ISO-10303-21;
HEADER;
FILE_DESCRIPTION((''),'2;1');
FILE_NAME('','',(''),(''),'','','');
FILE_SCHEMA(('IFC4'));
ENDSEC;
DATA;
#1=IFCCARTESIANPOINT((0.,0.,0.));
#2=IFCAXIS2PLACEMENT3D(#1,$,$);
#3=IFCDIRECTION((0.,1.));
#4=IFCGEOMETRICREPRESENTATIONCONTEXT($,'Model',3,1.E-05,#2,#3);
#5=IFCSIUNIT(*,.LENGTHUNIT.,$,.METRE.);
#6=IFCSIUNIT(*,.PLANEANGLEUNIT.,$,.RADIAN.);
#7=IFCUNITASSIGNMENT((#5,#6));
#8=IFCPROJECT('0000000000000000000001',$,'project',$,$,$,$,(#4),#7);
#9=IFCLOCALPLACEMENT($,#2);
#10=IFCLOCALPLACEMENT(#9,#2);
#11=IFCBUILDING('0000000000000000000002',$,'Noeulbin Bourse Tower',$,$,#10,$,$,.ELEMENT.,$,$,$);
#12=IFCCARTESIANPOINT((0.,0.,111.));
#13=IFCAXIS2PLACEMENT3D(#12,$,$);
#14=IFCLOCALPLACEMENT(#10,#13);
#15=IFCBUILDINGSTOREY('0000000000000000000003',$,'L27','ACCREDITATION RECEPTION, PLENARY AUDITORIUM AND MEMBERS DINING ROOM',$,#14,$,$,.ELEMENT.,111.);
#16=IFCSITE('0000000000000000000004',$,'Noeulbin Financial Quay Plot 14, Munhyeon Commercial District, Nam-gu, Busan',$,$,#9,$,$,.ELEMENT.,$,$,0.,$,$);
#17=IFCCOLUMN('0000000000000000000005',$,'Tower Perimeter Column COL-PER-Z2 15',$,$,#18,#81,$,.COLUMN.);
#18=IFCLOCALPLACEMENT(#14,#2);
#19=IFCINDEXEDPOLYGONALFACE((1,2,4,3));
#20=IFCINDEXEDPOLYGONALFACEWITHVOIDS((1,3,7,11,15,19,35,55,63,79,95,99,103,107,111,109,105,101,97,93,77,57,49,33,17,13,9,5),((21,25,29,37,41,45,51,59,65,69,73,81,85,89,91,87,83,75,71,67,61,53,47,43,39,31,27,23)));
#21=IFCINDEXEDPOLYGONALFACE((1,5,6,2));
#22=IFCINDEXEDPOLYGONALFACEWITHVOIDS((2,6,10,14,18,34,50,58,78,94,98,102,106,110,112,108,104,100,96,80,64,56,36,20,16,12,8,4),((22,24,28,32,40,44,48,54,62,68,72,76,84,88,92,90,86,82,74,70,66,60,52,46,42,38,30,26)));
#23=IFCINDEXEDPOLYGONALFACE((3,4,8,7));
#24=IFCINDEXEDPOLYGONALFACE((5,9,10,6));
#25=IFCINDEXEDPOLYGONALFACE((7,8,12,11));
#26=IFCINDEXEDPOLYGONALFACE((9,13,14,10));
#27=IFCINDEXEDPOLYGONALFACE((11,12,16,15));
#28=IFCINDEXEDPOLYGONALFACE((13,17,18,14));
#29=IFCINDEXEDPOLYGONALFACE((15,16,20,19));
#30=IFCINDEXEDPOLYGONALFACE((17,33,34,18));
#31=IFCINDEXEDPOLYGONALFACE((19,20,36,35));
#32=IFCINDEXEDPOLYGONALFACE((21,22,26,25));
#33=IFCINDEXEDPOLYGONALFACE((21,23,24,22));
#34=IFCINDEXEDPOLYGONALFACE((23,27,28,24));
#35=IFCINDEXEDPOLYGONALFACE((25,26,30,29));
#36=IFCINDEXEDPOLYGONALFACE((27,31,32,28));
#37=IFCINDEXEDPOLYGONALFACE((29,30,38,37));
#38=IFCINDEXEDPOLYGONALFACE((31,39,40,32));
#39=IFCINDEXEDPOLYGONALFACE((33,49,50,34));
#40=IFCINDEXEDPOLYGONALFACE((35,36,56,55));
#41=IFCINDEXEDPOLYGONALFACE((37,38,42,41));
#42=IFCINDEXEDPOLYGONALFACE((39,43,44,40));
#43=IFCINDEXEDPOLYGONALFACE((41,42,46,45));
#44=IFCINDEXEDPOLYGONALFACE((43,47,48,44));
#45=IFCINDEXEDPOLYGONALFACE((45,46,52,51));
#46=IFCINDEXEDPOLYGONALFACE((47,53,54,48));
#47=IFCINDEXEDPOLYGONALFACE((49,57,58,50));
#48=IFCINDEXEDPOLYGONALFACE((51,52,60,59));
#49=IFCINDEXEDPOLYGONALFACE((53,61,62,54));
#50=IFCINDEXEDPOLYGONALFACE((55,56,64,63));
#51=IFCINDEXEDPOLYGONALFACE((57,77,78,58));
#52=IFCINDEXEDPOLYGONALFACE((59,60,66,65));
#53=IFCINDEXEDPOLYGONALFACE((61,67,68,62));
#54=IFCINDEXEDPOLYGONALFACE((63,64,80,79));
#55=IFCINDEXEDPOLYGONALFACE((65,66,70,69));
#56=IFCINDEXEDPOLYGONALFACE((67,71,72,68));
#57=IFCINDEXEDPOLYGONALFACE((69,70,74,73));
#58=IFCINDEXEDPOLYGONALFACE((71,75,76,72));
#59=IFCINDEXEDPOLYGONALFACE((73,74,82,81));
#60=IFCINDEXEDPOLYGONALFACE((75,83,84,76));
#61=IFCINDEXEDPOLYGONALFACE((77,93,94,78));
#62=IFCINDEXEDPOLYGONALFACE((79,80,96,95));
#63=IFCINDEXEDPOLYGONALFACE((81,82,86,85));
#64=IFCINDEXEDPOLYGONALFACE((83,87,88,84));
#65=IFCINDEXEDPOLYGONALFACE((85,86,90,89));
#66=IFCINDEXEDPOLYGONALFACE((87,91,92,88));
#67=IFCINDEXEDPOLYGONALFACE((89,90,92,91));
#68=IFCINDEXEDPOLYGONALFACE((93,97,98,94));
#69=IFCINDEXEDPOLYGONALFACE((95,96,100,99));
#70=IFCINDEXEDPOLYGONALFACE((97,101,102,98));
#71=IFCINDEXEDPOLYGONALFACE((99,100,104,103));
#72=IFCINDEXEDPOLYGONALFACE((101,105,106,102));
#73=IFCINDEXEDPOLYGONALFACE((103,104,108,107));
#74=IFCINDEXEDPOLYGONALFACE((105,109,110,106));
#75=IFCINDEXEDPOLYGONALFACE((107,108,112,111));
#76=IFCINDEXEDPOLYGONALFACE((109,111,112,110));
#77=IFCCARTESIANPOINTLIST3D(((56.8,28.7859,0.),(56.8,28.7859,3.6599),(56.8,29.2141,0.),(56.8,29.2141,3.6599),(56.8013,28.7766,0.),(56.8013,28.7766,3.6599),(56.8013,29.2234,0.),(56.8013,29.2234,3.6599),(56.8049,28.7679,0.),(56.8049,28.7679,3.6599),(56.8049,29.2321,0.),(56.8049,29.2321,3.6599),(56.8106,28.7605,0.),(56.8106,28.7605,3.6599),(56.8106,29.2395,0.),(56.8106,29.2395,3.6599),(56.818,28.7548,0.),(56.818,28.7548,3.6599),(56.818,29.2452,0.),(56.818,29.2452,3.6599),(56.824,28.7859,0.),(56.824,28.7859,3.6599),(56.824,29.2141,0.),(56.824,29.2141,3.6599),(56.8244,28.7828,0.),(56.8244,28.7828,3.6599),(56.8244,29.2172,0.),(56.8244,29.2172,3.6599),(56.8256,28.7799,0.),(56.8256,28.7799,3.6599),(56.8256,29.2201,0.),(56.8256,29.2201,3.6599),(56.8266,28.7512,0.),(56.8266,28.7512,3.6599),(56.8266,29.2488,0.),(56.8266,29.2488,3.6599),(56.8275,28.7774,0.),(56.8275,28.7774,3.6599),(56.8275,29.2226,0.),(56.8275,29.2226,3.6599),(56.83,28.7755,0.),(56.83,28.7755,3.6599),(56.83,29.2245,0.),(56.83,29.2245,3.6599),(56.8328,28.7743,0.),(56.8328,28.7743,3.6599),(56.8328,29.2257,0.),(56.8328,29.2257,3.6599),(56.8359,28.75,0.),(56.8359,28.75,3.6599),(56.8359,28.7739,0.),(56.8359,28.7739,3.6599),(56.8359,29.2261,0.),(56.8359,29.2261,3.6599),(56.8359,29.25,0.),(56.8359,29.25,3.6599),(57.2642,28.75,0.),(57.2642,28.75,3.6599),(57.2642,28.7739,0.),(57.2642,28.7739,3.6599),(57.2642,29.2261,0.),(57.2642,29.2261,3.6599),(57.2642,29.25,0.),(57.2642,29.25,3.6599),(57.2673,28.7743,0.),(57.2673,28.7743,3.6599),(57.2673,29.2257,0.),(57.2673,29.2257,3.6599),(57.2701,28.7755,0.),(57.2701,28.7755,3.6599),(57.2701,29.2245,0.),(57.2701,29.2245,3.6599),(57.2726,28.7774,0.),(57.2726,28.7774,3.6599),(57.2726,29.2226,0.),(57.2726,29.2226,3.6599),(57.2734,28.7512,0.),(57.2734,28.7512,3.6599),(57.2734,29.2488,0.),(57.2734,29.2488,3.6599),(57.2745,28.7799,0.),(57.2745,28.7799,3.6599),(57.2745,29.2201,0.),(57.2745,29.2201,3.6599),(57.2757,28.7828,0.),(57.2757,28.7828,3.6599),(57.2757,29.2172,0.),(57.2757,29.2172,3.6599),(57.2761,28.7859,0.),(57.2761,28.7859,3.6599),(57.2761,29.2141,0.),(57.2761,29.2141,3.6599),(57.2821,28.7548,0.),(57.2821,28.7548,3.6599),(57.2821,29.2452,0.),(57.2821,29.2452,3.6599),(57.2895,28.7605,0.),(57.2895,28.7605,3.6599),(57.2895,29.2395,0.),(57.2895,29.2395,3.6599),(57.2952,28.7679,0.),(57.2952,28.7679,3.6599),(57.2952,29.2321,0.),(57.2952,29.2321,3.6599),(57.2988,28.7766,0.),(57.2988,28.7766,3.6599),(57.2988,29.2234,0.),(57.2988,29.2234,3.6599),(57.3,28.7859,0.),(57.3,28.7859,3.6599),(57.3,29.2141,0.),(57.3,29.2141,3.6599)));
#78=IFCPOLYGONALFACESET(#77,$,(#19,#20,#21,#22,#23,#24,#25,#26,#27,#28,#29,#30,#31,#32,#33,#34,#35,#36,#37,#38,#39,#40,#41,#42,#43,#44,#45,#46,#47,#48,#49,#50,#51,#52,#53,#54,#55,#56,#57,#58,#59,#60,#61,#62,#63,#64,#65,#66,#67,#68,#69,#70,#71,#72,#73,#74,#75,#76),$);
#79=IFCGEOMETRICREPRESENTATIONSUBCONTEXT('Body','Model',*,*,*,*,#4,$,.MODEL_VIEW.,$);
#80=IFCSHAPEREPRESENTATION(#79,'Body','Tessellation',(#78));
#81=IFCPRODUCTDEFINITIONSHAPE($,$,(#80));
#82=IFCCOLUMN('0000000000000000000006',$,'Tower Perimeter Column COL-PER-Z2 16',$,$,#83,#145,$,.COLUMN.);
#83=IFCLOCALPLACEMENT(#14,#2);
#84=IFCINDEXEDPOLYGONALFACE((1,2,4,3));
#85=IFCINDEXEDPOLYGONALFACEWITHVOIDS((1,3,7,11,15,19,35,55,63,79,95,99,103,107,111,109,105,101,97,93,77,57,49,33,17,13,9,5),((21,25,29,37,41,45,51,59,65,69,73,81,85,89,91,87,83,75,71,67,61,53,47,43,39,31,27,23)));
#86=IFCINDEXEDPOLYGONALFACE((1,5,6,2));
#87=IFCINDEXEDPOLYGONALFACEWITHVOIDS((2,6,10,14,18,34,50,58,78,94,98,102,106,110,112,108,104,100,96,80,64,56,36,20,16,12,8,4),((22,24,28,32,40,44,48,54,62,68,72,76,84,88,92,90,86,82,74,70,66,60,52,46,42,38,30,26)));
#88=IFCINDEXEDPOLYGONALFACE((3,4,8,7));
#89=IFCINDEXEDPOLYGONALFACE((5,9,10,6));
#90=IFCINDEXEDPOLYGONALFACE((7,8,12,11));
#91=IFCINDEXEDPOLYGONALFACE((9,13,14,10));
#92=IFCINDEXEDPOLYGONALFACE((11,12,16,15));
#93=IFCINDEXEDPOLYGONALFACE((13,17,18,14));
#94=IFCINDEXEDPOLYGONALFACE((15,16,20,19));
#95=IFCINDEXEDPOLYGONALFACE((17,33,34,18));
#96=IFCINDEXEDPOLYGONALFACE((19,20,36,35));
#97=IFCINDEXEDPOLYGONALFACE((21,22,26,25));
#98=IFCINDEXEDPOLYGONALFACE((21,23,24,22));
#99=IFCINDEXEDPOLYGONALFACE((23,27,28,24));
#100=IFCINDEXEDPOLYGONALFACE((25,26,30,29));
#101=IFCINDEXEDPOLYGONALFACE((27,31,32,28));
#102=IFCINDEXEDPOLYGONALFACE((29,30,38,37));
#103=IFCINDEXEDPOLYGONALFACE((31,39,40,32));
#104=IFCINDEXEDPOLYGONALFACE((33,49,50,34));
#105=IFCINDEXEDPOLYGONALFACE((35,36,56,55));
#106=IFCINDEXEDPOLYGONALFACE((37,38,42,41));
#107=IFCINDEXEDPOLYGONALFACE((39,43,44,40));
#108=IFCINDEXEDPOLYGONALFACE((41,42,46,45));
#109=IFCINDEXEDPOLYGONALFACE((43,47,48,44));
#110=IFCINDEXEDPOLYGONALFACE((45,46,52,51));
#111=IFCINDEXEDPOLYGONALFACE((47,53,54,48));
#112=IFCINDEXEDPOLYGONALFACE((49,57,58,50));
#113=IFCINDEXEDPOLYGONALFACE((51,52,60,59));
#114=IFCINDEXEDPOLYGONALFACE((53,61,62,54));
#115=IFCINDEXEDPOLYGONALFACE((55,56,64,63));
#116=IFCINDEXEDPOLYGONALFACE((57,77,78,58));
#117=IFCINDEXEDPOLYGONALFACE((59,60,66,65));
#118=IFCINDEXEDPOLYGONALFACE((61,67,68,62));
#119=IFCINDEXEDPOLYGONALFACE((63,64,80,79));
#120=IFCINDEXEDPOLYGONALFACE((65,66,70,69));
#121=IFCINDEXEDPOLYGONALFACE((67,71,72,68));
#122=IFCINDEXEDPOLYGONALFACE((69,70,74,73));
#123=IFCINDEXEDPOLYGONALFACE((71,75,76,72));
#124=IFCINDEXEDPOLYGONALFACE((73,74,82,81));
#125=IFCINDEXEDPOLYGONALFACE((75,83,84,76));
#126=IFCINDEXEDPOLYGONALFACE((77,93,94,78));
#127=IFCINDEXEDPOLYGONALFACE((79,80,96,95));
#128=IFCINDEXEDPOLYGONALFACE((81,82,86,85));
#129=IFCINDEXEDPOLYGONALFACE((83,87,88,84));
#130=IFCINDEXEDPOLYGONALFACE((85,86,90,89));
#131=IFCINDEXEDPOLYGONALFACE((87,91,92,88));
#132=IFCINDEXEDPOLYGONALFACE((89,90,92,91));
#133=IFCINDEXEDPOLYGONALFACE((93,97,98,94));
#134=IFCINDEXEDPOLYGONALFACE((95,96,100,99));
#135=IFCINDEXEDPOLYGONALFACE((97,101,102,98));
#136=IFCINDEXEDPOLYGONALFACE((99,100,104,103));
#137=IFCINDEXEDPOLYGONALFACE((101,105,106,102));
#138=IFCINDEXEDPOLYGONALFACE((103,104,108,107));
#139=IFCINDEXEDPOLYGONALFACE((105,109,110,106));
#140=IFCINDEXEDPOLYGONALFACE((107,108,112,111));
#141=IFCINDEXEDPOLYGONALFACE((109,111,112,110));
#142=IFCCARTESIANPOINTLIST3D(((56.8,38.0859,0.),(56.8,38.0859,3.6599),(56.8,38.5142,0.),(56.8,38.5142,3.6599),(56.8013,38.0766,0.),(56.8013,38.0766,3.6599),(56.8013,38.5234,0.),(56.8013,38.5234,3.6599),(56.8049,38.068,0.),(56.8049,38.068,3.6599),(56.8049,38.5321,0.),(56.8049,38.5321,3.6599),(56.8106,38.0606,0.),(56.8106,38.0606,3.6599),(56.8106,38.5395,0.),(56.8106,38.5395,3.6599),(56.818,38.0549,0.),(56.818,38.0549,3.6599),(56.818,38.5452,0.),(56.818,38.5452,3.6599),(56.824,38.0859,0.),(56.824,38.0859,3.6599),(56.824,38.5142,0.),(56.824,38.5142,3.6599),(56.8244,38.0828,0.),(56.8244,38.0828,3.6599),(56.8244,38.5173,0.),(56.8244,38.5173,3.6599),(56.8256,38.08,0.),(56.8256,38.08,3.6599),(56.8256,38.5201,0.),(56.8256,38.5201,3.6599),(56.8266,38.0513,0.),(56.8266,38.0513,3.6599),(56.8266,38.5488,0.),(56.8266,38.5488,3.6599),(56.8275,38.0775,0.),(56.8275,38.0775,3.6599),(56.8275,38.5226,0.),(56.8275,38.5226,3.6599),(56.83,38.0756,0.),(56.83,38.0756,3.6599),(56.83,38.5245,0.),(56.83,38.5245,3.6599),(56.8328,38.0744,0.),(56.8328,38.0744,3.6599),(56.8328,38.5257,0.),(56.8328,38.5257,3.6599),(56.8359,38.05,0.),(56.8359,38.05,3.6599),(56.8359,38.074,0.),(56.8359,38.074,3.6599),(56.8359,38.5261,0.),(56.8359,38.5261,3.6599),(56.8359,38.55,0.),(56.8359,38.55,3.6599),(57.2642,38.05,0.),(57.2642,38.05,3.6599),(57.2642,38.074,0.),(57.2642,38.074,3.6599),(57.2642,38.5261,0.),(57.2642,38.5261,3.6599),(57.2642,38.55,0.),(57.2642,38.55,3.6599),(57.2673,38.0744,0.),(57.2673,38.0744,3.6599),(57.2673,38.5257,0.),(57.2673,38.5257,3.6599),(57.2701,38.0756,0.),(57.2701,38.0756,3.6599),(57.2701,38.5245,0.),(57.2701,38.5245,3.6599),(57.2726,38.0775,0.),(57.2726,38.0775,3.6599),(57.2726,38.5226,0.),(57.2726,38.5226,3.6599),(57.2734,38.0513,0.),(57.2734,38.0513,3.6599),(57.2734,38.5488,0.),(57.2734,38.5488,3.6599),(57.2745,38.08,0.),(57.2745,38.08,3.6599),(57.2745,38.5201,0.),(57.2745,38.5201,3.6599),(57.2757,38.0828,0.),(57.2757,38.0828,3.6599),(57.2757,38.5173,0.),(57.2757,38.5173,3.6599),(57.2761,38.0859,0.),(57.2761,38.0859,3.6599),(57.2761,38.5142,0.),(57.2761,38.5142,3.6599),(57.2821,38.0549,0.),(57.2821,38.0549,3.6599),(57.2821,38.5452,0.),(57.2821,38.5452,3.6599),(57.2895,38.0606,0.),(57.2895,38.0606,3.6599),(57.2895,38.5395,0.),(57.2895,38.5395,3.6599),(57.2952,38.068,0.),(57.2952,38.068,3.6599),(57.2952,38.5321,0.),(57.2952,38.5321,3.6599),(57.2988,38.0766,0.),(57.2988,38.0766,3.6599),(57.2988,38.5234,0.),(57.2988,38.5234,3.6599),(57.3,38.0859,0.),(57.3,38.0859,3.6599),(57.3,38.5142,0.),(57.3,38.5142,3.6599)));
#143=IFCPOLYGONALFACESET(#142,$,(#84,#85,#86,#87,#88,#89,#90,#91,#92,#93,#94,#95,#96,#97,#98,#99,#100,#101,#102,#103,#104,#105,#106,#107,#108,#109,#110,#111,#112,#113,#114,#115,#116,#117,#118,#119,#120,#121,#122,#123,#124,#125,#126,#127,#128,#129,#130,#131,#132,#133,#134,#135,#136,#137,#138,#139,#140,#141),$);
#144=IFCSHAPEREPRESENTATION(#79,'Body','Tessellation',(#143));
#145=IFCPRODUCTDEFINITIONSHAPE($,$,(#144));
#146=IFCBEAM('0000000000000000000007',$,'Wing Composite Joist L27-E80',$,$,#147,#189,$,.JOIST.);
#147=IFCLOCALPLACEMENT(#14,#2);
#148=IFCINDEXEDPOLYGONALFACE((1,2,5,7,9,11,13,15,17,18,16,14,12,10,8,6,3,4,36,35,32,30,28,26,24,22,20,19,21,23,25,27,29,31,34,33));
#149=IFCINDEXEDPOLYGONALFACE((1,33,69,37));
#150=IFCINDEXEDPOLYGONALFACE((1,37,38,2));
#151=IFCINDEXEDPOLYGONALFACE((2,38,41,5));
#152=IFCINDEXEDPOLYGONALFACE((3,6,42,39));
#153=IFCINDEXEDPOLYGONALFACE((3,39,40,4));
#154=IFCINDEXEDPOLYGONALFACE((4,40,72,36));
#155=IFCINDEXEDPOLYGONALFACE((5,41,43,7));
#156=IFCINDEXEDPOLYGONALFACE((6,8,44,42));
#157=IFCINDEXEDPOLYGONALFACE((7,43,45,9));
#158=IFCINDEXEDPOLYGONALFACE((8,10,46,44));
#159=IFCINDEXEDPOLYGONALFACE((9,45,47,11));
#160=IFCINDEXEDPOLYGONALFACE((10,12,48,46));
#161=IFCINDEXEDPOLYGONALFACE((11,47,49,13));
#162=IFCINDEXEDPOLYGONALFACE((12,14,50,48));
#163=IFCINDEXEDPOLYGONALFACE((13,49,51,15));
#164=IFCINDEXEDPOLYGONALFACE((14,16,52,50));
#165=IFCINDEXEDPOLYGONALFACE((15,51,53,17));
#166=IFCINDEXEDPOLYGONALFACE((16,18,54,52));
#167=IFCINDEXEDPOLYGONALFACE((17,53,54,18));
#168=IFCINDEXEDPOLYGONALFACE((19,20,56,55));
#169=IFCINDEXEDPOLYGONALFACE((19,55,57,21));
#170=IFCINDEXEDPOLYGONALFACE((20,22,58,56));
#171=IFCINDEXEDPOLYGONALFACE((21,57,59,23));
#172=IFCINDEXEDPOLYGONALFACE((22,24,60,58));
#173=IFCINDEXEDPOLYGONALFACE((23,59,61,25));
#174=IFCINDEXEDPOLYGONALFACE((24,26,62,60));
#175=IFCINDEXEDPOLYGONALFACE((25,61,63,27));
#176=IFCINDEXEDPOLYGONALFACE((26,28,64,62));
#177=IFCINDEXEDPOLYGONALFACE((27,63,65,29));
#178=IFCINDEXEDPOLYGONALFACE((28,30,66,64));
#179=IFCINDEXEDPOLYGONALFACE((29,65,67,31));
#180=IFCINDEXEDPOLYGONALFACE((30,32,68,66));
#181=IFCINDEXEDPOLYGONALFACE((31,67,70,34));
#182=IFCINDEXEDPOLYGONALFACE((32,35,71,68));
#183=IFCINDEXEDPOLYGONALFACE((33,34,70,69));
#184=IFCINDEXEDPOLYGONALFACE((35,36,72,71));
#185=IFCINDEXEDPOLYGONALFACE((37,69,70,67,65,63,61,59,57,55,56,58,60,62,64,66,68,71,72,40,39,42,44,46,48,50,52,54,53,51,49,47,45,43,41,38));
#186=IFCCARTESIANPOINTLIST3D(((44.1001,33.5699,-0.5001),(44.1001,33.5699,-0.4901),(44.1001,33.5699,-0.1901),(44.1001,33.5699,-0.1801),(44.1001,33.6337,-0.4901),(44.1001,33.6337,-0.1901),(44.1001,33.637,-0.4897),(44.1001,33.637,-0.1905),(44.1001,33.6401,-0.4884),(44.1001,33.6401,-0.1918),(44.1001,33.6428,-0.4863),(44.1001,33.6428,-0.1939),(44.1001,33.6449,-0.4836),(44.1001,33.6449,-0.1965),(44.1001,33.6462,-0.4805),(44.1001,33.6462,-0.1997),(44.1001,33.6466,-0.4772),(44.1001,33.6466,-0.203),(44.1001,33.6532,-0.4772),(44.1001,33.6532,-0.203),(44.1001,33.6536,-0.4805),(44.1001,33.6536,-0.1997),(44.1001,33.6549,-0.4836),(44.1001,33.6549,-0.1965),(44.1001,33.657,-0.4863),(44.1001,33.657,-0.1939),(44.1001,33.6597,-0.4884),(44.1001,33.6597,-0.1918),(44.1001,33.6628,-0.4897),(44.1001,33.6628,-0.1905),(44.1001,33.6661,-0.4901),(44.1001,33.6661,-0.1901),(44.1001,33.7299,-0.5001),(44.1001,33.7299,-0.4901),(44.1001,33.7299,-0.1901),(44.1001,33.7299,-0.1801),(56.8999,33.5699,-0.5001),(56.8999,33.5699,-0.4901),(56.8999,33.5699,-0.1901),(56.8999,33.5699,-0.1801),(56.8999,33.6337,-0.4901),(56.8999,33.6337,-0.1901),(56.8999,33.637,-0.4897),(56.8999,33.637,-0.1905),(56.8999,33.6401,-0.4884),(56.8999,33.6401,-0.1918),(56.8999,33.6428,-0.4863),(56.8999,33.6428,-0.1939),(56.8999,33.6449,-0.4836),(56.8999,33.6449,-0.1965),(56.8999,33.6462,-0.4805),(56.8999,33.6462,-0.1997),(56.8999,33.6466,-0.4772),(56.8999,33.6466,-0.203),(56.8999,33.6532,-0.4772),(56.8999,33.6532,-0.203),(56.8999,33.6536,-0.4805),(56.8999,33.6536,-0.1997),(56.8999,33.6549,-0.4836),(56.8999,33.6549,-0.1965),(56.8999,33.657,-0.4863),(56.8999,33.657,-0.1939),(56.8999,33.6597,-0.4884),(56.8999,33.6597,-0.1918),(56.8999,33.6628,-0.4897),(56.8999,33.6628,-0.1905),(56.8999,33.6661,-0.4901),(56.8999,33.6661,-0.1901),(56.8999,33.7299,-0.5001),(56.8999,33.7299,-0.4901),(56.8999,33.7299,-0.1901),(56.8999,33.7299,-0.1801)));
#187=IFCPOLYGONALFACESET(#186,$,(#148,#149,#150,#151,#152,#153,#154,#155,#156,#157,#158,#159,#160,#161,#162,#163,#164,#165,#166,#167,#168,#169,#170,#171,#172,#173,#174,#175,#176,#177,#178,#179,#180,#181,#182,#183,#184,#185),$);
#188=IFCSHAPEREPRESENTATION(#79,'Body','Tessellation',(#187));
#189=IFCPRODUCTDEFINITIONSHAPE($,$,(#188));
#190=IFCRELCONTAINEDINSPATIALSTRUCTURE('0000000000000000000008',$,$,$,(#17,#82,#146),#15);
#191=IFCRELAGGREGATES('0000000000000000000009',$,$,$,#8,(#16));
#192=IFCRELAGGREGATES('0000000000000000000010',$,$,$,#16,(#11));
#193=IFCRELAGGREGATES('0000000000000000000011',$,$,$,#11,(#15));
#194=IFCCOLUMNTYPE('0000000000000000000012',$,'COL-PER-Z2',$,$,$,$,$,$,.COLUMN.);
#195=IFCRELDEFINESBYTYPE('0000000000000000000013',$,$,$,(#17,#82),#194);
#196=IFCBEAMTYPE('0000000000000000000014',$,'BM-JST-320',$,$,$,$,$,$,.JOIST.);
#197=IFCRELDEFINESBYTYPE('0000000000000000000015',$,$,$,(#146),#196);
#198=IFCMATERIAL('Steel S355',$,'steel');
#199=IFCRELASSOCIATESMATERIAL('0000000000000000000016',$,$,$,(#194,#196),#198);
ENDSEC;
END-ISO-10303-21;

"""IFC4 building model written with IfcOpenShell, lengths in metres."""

from ifc_helpers import new_model, si_unit, direction, frame, origin, origin_2d, place, context, subcontext, project, spatial, hollow_rectangle, i_section, extrude, material, material_profile, profile_set, type_object, element, save


model = new_model("IFC4")

# Units and contexts
model_context = context("Model", 3, precision=1e-05, world=origin(), true_north=direction((0.0, 1.0)))
body_context = subcontext(model_context, "Body", "Model", "MODEL_VIEW")
ifc_project = project(units=[si_unit("LENGTHUNIT", "METRE"), si_unit("PLANEANGLEUNIT", "RADIAN")], contexts=[model_context])

# Site, building, storey
site_placement = place(None, origin())
site = spatial("IfcSite", under=ifc_project, at=site_placement, Name="Noeulbin Financial Quay Plot 14, Munhyeon Commercial District, Nam-gu, Busan", CompositionType="ELEMENT", RefElevation=0.0)
building_placement = place(site_placement, origin())
building = spatial("IfcBuilding", under=site, at=building_placement, Name="Noeulbin Bourse Tower", CompositionType="ELEMENT")
storey_placement = place(building_placement, frame((0.0, 0.0, 111.0)))
storey = spatial("IfcBuildingStorey", under=building, at=storey_placement, Name="L27", Description="ACCREDITATION RECEPTION, PLENARY AUDITORIUM AND MEMBERS DINING ROOM", CompositionType="ELEMENT", Elevation=111.0)

# Columns
ifc_material_1 = material(Name="Steel S355", Category="steel")
ifc_material_profile_1 = material_profile(ifc_material_1, hollow_rectangle(XDim=0.5, YDim=0.5, WallThickness=0.0239, InnerFilletRadius=0.012, OuterFilletRadius=0.0359, at=origin_2d()), Name="BOX-500x500x24", Category="LoadBearing")
ifc_profile_set_1 = profile_set([ifc_material_profile_1], Name="Steel S355")
column_type = type_object("IfcColumnType", Name="COL-PER-Z2", PredefinedType="COLUMN", material=ifc_profile_set_1)
for number, where, z_axis, x_axis, name in (
    (1, (57.05, 29.0, 0.0), (0.0, 0.0, 1.0), (1.0, 0.0, 0.0), "Tower Perimeter Column COL-PER-Z2 15"),
    (2, (57.05, 38.3, 0.0), (0.0, 0.0, 1.0), (1.0, 0.0, 0.0), "Tower Perimeter Column COL-PER-Z2 16"),
):
    element("IfcColumn", number, at=place(storey_placement, frame(where, z_axis=z_axis, x_axis=x_axis)), inside=storey, type_object=column_type, Name=name, PredefinedType="COLUMN", context=body_context, shape_type="SweptSolid", body=[
        extrude(hollow_rectangle(XDim=0.5, YDim=0.5, WallThickness=0.0239, InnerFilletRadius=0.012, OuterFilletRadius=0.0359, at=origin_2d()), origin(), (0.0, 0.0, 1.0), 3.6599),
    ])

# Beam
ifc_material_profile_2 = material_profile(ifc_material_1, i_section(OverallWidth=0.1599, OverallDepth=0.3201, WebThickness=0.0066, FlangeThickness=0.01, FilletRadius=0.0129, at=origin_2d()), Name="H-320x160x6.5x10", Category="LoadBearing")
ifc_profile_set_2 = profile_set([ifc_material_profile_2], Name="Steel S355")
beam_type_1 = type_object("IfcBeamType", Name="BM-JST-320", PredefinedType="JOIST", material=ifc_profile_set_2)
for number, where, z_axis, x_axis, name in (
    (3, (44.1001, 33.6499, -0.3401), (1.0, 0.0, 0.0), (0.0, 1.0, 0.0), "Wing Composite Joist L27-E80"),
):
    element("IfcBeam", number, at=place(storey_placement, frame(where, z_axis=z_axis, x_axis=x_axis)), inside=storey, type_object=beam_type_1, Name=name, PredefinedType="JOIST", context=body_context, shape_type="SweptSolid", body=[
        extrude(i_section(OverallWidth=0.1599, OverallDepth=0.3201, WebThickness=0.0066, FlangeThickness=0.01, FilletRadius=0.0129, at=origin_2d()), origin(), (0.0, 0.0, 1.0), 12.7998),
    ])

save(model, "model.ifc")
